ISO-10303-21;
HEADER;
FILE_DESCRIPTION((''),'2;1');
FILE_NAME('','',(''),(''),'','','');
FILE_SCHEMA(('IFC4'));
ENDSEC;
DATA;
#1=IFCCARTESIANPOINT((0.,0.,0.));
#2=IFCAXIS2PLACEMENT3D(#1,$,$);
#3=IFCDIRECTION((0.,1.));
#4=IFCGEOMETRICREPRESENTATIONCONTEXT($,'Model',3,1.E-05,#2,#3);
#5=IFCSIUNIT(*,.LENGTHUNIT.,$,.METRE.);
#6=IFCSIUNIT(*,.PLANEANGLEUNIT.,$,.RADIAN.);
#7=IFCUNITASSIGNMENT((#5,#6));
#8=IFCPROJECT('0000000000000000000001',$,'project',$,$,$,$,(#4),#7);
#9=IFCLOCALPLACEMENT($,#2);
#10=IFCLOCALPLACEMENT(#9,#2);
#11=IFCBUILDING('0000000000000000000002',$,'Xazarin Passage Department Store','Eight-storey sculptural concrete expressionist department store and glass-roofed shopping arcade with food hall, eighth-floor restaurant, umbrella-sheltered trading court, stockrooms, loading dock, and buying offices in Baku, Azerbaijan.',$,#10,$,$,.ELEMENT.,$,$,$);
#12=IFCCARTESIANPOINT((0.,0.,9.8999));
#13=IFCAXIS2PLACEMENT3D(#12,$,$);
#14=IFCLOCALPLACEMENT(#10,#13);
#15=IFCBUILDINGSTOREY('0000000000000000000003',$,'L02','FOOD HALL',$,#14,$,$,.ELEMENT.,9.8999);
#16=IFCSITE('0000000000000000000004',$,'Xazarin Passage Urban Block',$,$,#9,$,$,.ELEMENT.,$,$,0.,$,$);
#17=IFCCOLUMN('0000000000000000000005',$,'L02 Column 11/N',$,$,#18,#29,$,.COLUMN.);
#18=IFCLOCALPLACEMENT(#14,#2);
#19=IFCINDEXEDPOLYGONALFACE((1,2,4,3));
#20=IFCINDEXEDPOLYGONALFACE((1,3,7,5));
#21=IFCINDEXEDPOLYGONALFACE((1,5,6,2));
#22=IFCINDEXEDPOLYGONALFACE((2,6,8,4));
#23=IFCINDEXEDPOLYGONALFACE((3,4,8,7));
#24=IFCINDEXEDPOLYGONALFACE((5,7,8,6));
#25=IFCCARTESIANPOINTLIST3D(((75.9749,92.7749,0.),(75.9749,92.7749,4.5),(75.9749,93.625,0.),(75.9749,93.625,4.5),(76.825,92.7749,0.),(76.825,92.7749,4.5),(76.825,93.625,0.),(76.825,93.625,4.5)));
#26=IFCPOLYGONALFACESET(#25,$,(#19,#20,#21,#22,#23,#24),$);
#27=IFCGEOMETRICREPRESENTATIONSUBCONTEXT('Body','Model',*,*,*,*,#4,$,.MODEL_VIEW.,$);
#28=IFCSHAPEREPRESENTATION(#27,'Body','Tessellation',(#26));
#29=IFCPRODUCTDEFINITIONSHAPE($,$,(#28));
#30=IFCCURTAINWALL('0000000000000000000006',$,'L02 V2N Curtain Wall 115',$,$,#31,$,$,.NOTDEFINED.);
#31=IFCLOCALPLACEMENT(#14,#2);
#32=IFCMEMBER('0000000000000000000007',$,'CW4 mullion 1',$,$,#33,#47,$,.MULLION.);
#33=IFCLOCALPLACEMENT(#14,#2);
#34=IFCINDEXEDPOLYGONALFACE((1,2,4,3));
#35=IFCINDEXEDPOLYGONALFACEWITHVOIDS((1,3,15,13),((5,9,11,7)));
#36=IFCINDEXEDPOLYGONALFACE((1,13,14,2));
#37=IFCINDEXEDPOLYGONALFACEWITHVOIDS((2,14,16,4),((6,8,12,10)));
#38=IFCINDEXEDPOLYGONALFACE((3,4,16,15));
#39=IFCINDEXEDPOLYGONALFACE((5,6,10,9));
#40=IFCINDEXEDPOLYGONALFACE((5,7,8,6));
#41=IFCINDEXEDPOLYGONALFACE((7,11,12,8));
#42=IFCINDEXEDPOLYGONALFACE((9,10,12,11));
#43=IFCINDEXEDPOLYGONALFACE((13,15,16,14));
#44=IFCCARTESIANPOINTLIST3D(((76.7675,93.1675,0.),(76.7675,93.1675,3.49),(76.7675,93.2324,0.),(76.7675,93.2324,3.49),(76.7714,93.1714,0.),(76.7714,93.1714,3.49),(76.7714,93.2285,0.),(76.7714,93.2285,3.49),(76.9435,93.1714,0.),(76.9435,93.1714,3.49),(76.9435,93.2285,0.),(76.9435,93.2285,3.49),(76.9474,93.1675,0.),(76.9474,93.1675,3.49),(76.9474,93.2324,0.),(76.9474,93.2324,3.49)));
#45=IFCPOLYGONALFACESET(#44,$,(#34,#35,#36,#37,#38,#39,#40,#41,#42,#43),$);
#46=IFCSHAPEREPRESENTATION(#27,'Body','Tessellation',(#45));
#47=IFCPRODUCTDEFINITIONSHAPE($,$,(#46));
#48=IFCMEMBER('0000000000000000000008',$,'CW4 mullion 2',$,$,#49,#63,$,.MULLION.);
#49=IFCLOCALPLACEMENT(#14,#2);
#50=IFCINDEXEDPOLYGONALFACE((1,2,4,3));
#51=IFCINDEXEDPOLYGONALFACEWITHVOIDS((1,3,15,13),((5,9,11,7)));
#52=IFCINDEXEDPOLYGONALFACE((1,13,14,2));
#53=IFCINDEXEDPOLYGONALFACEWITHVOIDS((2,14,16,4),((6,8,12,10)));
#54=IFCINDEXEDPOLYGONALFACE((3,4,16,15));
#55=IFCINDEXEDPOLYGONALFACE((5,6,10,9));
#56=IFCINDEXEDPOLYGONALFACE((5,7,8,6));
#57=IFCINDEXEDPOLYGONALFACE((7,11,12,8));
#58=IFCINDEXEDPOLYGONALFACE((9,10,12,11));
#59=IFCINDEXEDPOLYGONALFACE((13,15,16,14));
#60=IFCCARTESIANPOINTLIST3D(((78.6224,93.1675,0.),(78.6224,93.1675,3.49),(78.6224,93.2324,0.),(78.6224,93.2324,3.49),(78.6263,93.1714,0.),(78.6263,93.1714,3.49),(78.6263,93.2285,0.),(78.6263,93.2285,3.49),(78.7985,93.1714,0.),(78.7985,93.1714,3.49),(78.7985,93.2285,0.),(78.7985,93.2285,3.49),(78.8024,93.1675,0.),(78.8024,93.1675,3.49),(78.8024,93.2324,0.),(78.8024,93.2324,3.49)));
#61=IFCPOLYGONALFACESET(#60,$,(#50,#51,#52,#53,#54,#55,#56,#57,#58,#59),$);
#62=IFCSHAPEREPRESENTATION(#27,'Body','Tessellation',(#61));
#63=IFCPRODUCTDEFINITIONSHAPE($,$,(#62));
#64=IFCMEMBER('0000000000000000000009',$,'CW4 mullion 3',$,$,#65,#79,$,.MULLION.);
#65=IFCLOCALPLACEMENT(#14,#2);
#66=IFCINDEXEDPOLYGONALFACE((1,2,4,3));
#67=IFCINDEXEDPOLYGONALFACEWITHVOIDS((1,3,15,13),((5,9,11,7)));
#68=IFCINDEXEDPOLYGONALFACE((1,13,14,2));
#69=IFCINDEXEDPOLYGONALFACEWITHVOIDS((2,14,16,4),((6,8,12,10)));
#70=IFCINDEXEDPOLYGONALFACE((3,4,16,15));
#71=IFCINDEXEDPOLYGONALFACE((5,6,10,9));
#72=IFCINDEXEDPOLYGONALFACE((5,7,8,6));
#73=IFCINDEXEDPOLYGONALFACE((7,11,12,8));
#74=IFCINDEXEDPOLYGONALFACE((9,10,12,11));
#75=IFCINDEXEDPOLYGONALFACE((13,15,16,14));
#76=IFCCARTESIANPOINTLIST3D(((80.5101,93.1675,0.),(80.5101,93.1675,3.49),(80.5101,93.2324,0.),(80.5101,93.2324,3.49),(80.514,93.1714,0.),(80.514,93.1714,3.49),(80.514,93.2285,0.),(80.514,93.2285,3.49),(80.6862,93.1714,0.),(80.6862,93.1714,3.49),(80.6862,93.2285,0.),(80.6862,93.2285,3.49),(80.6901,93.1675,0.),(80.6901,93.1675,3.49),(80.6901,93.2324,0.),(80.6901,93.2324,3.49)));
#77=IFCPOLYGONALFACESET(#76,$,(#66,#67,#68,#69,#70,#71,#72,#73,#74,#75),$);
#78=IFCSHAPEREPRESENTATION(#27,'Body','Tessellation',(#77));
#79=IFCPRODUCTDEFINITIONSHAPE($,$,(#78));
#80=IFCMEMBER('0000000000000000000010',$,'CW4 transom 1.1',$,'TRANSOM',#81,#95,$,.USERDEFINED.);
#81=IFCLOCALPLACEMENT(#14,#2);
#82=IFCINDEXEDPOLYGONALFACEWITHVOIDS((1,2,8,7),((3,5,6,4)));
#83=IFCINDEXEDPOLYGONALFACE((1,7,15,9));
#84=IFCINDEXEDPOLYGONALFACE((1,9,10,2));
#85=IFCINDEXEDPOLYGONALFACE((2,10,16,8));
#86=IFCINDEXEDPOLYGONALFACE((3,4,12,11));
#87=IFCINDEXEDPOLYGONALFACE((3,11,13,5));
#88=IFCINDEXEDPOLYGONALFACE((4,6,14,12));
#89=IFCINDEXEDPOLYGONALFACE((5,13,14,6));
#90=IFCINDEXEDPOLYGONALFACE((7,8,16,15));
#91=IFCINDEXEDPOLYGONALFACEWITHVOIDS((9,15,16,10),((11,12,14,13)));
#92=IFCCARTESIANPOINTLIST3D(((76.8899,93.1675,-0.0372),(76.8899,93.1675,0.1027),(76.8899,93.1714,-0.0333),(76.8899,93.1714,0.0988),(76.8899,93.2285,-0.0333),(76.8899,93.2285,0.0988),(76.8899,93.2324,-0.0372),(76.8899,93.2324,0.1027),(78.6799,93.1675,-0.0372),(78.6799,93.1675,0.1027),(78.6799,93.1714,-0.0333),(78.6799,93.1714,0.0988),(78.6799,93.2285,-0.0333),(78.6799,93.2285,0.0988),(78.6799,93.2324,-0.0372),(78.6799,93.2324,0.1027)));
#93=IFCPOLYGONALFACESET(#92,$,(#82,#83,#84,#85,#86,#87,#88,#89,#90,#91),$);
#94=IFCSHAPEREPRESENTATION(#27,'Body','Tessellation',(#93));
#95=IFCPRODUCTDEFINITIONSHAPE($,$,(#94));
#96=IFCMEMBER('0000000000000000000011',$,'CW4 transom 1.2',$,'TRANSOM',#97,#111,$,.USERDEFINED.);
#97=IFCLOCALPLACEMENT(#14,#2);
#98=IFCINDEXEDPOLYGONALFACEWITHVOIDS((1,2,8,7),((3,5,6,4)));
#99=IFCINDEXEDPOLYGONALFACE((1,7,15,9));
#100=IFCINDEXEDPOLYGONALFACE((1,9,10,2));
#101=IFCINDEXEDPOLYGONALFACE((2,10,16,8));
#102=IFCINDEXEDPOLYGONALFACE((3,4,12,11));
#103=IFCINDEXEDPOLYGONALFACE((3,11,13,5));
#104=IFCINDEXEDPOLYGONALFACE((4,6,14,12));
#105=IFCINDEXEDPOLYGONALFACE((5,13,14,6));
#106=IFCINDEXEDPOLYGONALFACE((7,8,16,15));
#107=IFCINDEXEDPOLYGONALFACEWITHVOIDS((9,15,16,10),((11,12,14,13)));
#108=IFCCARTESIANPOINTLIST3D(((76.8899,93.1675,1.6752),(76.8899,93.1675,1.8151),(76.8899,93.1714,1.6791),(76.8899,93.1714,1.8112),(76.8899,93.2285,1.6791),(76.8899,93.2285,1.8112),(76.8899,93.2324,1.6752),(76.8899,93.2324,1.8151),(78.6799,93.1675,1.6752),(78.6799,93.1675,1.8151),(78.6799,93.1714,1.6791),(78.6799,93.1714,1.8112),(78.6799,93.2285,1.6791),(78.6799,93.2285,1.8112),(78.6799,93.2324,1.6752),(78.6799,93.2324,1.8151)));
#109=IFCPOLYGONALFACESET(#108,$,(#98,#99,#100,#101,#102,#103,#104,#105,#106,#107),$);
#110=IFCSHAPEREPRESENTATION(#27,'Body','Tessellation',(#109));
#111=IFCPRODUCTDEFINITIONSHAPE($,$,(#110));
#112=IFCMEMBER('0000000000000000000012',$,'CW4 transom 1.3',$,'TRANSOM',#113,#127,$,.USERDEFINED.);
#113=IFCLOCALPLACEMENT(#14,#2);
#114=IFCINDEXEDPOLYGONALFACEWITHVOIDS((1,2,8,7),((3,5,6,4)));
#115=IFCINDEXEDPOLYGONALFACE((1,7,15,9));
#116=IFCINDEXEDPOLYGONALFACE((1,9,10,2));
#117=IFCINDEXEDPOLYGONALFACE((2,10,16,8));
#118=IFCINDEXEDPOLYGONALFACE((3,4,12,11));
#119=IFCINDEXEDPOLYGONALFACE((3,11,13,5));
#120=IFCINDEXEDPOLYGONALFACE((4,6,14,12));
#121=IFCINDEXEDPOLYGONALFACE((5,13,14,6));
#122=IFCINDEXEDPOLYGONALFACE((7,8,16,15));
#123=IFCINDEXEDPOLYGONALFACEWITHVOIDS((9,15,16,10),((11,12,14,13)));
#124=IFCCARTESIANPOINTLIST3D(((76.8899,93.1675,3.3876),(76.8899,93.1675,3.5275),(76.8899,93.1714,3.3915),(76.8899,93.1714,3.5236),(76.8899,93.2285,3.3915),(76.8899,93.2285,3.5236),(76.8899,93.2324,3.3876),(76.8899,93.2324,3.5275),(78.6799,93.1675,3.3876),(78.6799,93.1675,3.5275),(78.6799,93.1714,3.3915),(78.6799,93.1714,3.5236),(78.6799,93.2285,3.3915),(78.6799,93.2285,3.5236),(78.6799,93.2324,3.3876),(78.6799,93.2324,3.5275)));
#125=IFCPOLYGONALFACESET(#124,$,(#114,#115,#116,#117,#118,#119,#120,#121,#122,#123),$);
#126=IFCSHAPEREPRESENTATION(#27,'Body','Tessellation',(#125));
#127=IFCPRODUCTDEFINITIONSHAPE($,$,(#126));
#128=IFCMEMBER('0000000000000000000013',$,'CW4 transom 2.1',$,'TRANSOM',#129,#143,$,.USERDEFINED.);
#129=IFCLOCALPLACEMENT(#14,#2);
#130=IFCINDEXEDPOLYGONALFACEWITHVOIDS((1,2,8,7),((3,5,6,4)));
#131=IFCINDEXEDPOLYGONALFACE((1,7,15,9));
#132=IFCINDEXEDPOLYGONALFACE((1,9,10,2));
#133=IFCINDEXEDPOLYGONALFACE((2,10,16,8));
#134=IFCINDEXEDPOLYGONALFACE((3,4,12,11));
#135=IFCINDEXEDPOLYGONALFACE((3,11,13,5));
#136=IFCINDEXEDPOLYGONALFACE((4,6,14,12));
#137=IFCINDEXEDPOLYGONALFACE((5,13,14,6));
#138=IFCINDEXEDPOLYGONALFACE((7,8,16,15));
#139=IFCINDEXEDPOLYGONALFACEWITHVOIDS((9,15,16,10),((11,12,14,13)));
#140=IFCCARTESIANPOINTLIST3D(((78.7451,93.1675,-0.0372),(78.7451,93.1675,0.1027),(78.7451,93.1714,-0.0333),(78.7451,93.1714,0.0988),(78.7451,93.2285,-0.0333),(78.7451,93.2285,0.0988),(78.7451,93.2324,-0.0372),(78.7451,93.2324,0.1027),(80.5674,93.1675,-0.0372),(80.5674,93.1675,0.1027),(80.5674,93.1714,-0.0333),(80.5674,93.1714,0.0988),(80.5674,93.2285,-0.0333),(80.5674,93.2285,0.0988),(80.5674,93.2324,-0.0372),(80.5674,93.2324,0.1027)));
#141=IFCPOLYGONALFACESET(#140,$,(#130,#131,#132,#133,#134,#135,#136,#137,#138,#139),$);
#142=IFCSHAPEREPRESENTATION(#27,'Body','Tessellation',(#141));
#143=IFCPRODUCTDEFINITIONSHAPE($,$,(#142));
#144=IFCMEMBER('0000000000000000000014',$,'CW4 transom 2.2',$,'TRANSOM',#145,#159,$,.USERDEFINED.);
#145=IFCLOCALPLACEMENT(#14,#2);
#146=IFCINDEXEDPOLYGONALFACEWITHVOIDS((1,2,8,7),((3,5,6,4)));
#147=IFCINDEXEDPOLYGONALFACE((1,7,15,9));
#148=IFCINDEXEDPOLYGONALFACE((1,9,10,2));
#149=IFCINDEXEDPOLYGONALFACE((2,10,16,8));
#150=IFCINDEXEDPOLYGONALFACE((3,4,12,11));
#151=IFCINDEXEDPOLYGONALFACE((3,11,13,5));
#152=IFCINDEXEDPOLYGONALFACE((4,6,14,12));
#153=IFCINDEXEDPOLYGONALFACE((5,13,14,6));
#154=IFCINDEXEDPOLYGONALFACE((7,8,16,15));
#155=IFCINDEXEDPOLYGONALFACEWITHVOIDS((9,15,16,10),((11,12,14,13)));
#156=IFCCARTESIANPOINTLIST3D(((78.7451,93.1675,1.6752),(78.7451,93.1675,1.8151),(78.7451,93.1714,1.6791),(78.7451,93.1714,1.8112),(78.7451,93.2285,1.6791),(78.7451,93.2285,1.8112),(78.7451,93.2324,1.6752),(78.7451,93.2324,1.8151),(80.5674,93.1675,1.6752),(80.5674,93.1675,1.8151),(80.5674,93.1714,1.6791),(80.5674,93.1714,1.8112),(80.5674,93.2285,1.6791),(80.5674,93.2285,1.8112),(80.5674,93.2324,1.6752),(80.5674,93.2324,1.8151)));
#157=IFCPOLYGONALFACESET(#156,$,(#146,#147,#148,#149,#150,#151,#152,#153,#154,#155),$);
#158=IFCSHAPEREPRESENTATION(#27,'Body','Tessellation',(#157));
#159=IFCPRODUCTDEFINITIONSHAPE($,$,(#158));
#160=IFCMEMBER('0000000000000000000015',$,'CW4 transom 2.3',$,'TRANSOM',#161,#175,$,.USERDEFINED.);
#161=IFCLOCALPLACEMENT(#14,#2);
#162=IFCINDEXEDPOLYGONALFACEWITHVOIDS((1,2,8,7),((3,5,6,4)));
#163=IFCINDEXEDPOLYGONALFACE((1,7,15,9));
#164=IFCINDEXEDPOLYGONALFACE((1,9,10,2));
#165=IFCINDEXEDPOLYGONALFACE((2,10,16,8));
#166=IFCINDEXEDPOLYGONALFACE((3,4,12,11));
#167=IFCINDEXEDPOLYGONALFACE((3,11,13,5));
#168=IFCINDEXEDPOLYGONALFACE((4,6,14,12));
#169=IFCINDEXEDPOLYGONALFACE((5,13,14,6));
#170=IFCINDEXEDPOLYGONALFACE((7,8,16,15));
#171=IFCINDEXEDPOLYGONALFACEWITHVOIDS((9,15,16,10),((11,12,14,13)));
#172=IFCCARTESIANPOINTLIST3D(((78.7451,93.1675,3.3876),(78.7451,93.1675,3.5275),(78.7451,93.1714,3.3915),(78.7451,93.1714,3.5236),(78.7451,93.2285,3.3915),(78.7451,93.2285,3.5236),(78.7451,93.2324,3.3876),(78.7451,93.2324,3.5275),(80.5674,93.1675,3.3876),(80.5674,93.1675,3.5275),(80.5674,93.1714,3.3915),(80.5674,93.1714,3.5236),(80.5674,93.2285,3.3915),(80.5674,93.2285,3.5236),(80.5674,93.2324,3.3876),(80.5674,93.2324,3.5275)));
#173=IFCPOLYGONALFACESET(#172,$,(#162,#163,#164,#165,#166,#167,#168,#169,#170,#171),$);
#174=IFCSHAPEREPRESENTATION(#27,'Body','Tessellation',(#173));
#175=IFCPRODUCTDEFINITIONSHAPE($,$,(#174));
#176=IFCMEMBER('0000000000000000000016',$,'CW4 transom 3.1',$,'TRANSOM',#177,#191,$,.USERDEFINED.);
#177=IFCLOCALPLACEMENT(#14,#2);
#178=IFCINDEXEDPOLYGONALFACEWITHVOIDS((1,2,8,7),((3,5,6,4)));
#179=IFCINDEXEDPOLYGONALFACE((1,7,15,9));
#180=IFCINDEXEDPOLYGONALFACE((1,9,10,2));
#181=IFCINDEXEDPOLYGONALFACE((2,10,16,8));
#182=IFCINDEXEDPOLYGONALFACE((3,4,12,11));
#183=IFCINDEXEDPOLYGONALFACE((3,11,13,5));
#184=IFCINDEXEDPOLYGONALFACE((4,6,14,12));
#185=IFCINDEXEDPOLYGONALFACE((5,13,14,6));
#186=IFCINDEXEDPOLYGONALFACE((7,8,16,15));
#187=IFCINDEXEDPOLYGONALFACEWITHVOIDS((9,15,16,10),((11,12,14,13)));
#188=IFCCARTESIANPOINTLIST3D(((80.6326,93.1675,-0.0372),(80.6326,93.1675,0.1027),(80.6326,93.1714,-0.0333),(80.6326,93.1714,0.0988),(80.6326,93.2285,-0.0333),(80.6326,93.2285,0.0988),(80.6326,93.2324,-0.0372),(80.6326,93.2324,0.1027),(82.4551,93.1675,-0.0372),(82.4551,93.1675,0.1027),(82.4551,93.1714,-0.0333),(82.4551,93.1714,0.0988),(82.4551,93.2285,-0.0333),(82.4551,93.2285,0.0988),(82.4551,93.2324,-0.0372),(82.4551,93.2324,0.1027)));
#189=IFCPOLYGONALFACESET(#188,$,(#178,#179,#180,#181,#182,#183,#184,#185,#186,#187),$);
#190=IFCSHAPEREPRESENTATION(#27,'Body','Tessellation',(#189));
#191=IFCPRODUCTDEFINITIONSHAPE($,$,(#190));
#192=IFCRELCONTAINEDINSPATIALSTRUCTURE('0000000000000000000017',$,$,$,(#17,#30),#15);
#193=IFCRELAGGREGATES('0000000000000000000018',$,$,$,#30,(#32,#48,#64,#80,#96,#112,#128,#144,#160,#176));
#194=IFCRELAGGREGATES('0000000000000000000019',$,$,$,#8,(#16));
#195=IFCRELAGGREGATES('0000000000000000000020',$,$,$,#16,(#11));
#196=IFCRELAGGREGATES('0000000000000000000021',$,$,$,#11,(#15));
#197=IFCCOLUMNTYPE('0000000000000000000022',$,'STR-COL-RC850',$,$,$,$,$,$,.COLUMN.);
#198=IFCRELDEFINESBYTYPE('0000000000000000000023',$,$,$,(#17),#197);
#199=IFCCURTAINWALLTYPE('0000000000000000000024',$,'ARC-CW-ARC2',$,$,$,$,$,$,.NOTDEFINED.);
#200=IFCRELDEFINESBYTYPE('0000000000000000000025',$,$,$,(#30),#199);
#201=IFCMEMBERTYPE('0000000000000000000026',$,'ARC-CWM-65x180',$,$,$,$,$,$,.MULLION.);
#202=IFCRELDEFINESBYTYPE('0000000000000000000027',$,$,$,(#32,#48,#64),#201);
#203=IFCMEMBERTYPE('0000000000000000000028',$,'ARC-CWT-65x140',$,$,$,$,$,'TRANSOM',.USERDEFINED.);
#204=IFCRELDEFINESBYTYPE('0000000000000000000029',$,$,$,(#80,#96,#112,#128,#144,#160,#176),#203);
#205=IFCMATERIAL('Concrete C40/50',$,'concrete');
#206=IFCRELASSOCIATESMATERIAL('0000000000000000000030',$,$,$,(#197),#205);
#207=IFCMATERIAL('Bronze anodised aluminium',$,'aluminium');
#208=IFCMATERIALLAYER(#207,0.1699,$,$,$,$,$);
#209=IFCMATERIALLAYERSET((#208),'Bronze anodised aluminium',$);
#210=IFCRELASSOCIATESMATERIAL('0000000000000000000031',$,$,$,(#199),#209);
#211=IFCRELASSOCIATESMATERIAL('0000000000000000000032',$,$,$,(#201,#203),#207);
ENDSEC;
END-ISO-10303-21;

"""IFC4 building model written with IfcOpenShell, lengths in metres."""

from ifc_helpers import new_model, si_unit, direction, frame, origin, origin_2d, place, context, subcontext, project, spatial, rectangle, hollow_rectangle, extrude, material, layer, layer_set, material_profile, profile_set, type_object, element, aggregate, save


model = new_model("IFC4")

# Units and contexts
model_context = context("Model", 3, precision=1e-05, world=origin(), true_north=direction((0.0, 1.0)))
body_context = subcontext(model_context, "Body", "Model", "MODEL_VIEW")
ifc_project = project(units=[si_unit("LENGTHUNIT", "METRE"), si_unit("PLANEANGLEUNIT", "RADIAN")], contexts=[model_context])

# Site, building, storey
site_placement = place(None, origin())
site = spatial("IfcSite", under=ifc_project, at=site_placement, Name="Xazarin Passage Urban Block", CompositionType="ELEMENT", RefElevation=0.0)
building_placement = place(site_placement, origin())
building = spatial("IfcBuilding", under=site, at=building_placement, Name="Xazarin Passage Department Store", Description="Eight-storey sculptural concrete expressionist department store and glass-roofed shopping arcade with food hall, eighth-floor restaurant, umbrella-sheltered trading court, stockrooms, loading dock, and buying offices in Baku, Azerbaijan.", CompositionType="ELEMENT")
storey_placement = place(building_placement, frame((0.0, 0.0, 9.8999)))
storey = spatial("IfcBuildingStorey", under=building, at=storey_placement, Name="L02", Description="FOOD HALL", CompositionType="ELEMENT", Elevation=9.8999)

# Column
ifc_material_1 = material(Name="Concrete C40/50", Category="concrete")
ifc_material_profile_1 = material_profile(ifc_material_1, rectangle(XDim=0.8501, YDim=0.8501, at=origin_2d()), Name="RC 850x850")
ifc_profile_set_1 = profile_set([ifc_material_profile_1], Name="Concrete C40/50")
column_type = type_object("IfcColumnType", Name="STR-COL-RC850", PredefinedType="COLUMN", material=ifc_profile_set_1)
column_placement = place(storey_placement, frame((76.3999, 93.2, 0.0), z_axis=(0.0, 0.0, 1.0), x_axis=(1.0, 0.0, 0.0)))
element("IfcColumn", 1, at=column_placement, inside=storey, type_object=column_type, Name="L02 Column 11/N", PredefinedType="COLUMN", context=body_context, shape_type="SweptSolid", body=[
    extrude(rectangle(XDim=0.8501, YDim=0.8501, at=origin_2d()), origin(), (0.0, 0.0, 1.0), 4.5),
])

# Curtain wall, members
ifc_material_2 = material(Name="Bronze anodised aluminium", Category="aluminium")
ifc_layer_1 = layer(ifc_material_2, 0.1699)
ifc_layer_set_1 = layer_set([ifc_layer_1], Name="Bronze anodised aluminium")
curtain_wall_type = type_object("IfcCurtainWallType", Name="ARC-CW-ARC2", PredefinedType="NOTDEFINED", material=ifc_layer_set_1)
curtain_wall_placement = place(storey_placement, origin())
curtain_wall = element("IfcCurtainWall", 2, at=curtain_wall_placement, inside=storey, type_object=curtain_wall_type, Name="L02 V2N Curtain Wall 115", PredefinedType="NOTDEFINED")
ifc_material_profile_2 = material_profile(ifc_material_2, hollow_rectangle(XDim=0.0649, YDim=0.1799, WallThickness=0.0039, at=origin_2d()), Name="ALU 65x180")
ifc_profile_set_2 = profile_set([ifc_material_profile_2], Name="Bronze anodised aluminium")
member_type_1 = type_object("IfcMemberType", Name="ARC-CWM-65x180", PredefinedType="MULLION", material=ifc_profile_set_2)
member_1_placement = place(storey_placement, frame((76.8574, 93.2, 0.0), z_axis=(0.0, 0.0, 1.0), x_axis=(0.0, 1.0, 0.0)))
member_1 = element("IfcMember", 3, at=member_1_placement, type_object=member_type_1, Name="CW4 mullion 1", PredefinedType="MULLION", context=body_context, shape_type="SweptSolid", body=[
    extrude(hollow_rectangle(XDim=0.0649, YDim=0.1799, WallThickness=0.0039, at=origin_2d()), origin(), (0.0, 0.0, 1.0), 3.49),
])
member_2_placement = place(storey_placement, frame((78.7124, 93.2, 0.0), z_axis=(0.0, 0.0, 1.0), x_axis=(0.0, 1.0, 0.0)))
member_2 = element("IfcMember", 4, at=member_2_placement, type_object=member_type_1, Name="CW4 mullion 2", PredefinedType="MULLION", context=body_context, shape_type="SweptSolid", body=[
    extrude(hollow_rectangle(XDim=0.0649, YDim=0.1799, WallThickness=0.0039, at=origin_2d()), origin(), (0.0, 0.0, 1.0), 3.49),
])
member_3_placement = place(storey_placement, frame((80.6001, 93.2, 0.0), z_axis=(0.0, 0.0, 1.0), x_axis=(0.0, 1.0, 0.0)))
member_3 = element("IfcMember", 5, at=member_3_placement, type_object=member_type_1, Name="CW4 mullion 3", PredefinedType="MULLION", context=body_context, shape_type="SweptSolid", body=[
    extrude(hollow_rectangle(XDim=0.0649, YDim=0.1799, WallThickness=0.0039, at=origin_2d()), origin(), (0.0, 0.0, 1.0), 3.49),
])
ifc_material_profile_3 = material_profile(ifc_material_2, hollow_rectangle(XDim=0.0649, YDim=0.1399, WallThickness=0.0039, at=origin_2d()), Name="ALU 65x140")
ifc_profile_set_3 = profile_set([ifc_material_profile_3], Name="Bronze anodised aluminium")
member_type_2 = type_object("IfcMemberType", Name="ARC-CWT-65x140", ElementType="TRANSOM", PredefinedType="USERDEFINED", material=ifc_profile_set_3)
member_4_placement = place(storey_placement, frame((76.8899, 93.2, 0.0327), z_axis=(1.0, 0.0, 0.0), x_axis=(0.0, 1.0, 0.0)))
member_4 = element("IfcMember", 6, at=member_4_placement, type_object=member_type_2, Name="CW4 transom 1.1", ObjectType="TRANSOM", PredefinedType="USERDEFINED", context=body_context, shape_type="SweptSolid", body=[
    extrude(hollow_rectangle(XDim=0.0649, YDim=0.1399, WallThickness=0.0039, at=origin_2d()), origin(), (0.0, 0.0, 1.0), 1.79),
])
member_5_placement = place(storey_placement, frame((76.8899, 93.2, 1.7451), z_axis=(1.0, 0.0, 0.0), x_axis=(0.0, 1.0, 0.0)))
member_5 = element("IfcMember", 7, at=member_5_placement, type_object=member_type_2, Name="CW4 transom 1.2", ObjectType="TRANSOM", PredefinedType="USERDEFINED", context=body_context, shape_type="SweptSolid", body=[
    extrude(hollow_rectangle(XDim=0.0649, YDim=0.1399, WallThickness=0.0039, at=origin_2d()), origin(), (0.0, 0.0, 1.0), 1.79),
])
member_6_placement = place(storey_placement, frame((76.8899, 93.2, 3.4575), z_axis=(1.0, 0.0, 0.0), x_axis=(0.0, 1.0, 0.0)))
member_6 = element("IfcMember", 8, at=member_6_placement, type_object=member_type_2, Name="CW4 transom 1.3", ObjectType="TRANSOM", PredefinedType="USERDEFINED", context=body_context, shape_type="SweptSolid", body=[
    extrude(hollow_rectangle(XDim=0.0649, YDim=0.1399, WallThickness=0.0039, at=origin_2d()), origin(), (0.0, 0.0, 1.0), 1.79),
])
member_7_placement = place(storey_placement, frame((78.7451, 93.2, 0.0327), z_axis=(1.0, 0.0, 0.0), x_axis=(0.0, 1.0, 0.0)))
member_7 = element("IfcMember", 9, at=member_7_placement, type_object=member_type_2, Name="CW4 transom 2.1", ObjectType="TRANSOM", PredefinedType="USERDEFINED", context=body_context, shape_type="SweptSolid", body=[
    extrude(hollow_rectangle(XDim=0.0649, YDim=0.1399, WallThickness=0.0039, at=origin_2d()), origin(), (0.0, 0.0, 1.0), 1.8223),
])
member_8_placement = place(storey_placement, frame((78.7451, 93.2, 1.7451), z_axis=(1.0, 0.0, 0.0), x_axis=(0.0, 1.0, 0.0)))
member_8 = element("IfcMember", 10, at=member_8_placement, type_object=member_type_2, Name="CW4 transom 2.2", ObjectType="TRANSOM", PredefinedType="USERDEFINED", context=body_context, shape_type="SweptSolid", body=[
    extrude(hollow_rectangle(XDim=0.0649, YDim=0.1399, WallThickness=0.0039, at=origin_2d()), origin(), (0.0, 0.0, 1.0), 1.8223),
])
member_9_placement = place(storey_placement, frame((78.7451, 93.2, 3.4575), z_axis=(1.0, 0.0, 0.0), x_axis=(0.0, 1.0, 0.0)))
member_9 = element("IfcMember", 11, at=member_9_placement, type_object=member_type_2, Name="CW4 transom 2.3", ObjectType="TRANSOM", PredefinedType="USERDEFINED", context=body_context, shape_type="SweptSolid", body=[
    extrude(hollow_rectangle(XDim=0.0649, YDim=0.1399, WallThickness=0.0039, at=origin_2d()), origin(), (0.0, 0.0, 1.0), 1.8223),
])
member_10_placement = place(storey_placement, frame((80.6326, 93.2, 0.0327), z_axis=(1.0, 0.0, 0.0), x_axis=(0.0, 1.0, 0.0)))
member_10 = element("IfcMember", 12, at=member_10_placement, type_object=member_type_2, Name="CW4 transom 3.1", ObjectType="TRANSOM", PredefinedType="USERDEFINED", context=body_context, shape_type="SweptSolid", body=[
    extrude(hollow_rectangle(XDim=0.0649, YDim=0.1399, WallThickness=0.0039, at=origin_2d()), origin(), (0.0, 0.0, 1.0), 1.8225),
])

aggregate(curtain_wall, [member_1, member_2, member_3, member_4, member_5, member_6, member_7, member_8, member_9, member_10])

save(model, "model.ifc")
